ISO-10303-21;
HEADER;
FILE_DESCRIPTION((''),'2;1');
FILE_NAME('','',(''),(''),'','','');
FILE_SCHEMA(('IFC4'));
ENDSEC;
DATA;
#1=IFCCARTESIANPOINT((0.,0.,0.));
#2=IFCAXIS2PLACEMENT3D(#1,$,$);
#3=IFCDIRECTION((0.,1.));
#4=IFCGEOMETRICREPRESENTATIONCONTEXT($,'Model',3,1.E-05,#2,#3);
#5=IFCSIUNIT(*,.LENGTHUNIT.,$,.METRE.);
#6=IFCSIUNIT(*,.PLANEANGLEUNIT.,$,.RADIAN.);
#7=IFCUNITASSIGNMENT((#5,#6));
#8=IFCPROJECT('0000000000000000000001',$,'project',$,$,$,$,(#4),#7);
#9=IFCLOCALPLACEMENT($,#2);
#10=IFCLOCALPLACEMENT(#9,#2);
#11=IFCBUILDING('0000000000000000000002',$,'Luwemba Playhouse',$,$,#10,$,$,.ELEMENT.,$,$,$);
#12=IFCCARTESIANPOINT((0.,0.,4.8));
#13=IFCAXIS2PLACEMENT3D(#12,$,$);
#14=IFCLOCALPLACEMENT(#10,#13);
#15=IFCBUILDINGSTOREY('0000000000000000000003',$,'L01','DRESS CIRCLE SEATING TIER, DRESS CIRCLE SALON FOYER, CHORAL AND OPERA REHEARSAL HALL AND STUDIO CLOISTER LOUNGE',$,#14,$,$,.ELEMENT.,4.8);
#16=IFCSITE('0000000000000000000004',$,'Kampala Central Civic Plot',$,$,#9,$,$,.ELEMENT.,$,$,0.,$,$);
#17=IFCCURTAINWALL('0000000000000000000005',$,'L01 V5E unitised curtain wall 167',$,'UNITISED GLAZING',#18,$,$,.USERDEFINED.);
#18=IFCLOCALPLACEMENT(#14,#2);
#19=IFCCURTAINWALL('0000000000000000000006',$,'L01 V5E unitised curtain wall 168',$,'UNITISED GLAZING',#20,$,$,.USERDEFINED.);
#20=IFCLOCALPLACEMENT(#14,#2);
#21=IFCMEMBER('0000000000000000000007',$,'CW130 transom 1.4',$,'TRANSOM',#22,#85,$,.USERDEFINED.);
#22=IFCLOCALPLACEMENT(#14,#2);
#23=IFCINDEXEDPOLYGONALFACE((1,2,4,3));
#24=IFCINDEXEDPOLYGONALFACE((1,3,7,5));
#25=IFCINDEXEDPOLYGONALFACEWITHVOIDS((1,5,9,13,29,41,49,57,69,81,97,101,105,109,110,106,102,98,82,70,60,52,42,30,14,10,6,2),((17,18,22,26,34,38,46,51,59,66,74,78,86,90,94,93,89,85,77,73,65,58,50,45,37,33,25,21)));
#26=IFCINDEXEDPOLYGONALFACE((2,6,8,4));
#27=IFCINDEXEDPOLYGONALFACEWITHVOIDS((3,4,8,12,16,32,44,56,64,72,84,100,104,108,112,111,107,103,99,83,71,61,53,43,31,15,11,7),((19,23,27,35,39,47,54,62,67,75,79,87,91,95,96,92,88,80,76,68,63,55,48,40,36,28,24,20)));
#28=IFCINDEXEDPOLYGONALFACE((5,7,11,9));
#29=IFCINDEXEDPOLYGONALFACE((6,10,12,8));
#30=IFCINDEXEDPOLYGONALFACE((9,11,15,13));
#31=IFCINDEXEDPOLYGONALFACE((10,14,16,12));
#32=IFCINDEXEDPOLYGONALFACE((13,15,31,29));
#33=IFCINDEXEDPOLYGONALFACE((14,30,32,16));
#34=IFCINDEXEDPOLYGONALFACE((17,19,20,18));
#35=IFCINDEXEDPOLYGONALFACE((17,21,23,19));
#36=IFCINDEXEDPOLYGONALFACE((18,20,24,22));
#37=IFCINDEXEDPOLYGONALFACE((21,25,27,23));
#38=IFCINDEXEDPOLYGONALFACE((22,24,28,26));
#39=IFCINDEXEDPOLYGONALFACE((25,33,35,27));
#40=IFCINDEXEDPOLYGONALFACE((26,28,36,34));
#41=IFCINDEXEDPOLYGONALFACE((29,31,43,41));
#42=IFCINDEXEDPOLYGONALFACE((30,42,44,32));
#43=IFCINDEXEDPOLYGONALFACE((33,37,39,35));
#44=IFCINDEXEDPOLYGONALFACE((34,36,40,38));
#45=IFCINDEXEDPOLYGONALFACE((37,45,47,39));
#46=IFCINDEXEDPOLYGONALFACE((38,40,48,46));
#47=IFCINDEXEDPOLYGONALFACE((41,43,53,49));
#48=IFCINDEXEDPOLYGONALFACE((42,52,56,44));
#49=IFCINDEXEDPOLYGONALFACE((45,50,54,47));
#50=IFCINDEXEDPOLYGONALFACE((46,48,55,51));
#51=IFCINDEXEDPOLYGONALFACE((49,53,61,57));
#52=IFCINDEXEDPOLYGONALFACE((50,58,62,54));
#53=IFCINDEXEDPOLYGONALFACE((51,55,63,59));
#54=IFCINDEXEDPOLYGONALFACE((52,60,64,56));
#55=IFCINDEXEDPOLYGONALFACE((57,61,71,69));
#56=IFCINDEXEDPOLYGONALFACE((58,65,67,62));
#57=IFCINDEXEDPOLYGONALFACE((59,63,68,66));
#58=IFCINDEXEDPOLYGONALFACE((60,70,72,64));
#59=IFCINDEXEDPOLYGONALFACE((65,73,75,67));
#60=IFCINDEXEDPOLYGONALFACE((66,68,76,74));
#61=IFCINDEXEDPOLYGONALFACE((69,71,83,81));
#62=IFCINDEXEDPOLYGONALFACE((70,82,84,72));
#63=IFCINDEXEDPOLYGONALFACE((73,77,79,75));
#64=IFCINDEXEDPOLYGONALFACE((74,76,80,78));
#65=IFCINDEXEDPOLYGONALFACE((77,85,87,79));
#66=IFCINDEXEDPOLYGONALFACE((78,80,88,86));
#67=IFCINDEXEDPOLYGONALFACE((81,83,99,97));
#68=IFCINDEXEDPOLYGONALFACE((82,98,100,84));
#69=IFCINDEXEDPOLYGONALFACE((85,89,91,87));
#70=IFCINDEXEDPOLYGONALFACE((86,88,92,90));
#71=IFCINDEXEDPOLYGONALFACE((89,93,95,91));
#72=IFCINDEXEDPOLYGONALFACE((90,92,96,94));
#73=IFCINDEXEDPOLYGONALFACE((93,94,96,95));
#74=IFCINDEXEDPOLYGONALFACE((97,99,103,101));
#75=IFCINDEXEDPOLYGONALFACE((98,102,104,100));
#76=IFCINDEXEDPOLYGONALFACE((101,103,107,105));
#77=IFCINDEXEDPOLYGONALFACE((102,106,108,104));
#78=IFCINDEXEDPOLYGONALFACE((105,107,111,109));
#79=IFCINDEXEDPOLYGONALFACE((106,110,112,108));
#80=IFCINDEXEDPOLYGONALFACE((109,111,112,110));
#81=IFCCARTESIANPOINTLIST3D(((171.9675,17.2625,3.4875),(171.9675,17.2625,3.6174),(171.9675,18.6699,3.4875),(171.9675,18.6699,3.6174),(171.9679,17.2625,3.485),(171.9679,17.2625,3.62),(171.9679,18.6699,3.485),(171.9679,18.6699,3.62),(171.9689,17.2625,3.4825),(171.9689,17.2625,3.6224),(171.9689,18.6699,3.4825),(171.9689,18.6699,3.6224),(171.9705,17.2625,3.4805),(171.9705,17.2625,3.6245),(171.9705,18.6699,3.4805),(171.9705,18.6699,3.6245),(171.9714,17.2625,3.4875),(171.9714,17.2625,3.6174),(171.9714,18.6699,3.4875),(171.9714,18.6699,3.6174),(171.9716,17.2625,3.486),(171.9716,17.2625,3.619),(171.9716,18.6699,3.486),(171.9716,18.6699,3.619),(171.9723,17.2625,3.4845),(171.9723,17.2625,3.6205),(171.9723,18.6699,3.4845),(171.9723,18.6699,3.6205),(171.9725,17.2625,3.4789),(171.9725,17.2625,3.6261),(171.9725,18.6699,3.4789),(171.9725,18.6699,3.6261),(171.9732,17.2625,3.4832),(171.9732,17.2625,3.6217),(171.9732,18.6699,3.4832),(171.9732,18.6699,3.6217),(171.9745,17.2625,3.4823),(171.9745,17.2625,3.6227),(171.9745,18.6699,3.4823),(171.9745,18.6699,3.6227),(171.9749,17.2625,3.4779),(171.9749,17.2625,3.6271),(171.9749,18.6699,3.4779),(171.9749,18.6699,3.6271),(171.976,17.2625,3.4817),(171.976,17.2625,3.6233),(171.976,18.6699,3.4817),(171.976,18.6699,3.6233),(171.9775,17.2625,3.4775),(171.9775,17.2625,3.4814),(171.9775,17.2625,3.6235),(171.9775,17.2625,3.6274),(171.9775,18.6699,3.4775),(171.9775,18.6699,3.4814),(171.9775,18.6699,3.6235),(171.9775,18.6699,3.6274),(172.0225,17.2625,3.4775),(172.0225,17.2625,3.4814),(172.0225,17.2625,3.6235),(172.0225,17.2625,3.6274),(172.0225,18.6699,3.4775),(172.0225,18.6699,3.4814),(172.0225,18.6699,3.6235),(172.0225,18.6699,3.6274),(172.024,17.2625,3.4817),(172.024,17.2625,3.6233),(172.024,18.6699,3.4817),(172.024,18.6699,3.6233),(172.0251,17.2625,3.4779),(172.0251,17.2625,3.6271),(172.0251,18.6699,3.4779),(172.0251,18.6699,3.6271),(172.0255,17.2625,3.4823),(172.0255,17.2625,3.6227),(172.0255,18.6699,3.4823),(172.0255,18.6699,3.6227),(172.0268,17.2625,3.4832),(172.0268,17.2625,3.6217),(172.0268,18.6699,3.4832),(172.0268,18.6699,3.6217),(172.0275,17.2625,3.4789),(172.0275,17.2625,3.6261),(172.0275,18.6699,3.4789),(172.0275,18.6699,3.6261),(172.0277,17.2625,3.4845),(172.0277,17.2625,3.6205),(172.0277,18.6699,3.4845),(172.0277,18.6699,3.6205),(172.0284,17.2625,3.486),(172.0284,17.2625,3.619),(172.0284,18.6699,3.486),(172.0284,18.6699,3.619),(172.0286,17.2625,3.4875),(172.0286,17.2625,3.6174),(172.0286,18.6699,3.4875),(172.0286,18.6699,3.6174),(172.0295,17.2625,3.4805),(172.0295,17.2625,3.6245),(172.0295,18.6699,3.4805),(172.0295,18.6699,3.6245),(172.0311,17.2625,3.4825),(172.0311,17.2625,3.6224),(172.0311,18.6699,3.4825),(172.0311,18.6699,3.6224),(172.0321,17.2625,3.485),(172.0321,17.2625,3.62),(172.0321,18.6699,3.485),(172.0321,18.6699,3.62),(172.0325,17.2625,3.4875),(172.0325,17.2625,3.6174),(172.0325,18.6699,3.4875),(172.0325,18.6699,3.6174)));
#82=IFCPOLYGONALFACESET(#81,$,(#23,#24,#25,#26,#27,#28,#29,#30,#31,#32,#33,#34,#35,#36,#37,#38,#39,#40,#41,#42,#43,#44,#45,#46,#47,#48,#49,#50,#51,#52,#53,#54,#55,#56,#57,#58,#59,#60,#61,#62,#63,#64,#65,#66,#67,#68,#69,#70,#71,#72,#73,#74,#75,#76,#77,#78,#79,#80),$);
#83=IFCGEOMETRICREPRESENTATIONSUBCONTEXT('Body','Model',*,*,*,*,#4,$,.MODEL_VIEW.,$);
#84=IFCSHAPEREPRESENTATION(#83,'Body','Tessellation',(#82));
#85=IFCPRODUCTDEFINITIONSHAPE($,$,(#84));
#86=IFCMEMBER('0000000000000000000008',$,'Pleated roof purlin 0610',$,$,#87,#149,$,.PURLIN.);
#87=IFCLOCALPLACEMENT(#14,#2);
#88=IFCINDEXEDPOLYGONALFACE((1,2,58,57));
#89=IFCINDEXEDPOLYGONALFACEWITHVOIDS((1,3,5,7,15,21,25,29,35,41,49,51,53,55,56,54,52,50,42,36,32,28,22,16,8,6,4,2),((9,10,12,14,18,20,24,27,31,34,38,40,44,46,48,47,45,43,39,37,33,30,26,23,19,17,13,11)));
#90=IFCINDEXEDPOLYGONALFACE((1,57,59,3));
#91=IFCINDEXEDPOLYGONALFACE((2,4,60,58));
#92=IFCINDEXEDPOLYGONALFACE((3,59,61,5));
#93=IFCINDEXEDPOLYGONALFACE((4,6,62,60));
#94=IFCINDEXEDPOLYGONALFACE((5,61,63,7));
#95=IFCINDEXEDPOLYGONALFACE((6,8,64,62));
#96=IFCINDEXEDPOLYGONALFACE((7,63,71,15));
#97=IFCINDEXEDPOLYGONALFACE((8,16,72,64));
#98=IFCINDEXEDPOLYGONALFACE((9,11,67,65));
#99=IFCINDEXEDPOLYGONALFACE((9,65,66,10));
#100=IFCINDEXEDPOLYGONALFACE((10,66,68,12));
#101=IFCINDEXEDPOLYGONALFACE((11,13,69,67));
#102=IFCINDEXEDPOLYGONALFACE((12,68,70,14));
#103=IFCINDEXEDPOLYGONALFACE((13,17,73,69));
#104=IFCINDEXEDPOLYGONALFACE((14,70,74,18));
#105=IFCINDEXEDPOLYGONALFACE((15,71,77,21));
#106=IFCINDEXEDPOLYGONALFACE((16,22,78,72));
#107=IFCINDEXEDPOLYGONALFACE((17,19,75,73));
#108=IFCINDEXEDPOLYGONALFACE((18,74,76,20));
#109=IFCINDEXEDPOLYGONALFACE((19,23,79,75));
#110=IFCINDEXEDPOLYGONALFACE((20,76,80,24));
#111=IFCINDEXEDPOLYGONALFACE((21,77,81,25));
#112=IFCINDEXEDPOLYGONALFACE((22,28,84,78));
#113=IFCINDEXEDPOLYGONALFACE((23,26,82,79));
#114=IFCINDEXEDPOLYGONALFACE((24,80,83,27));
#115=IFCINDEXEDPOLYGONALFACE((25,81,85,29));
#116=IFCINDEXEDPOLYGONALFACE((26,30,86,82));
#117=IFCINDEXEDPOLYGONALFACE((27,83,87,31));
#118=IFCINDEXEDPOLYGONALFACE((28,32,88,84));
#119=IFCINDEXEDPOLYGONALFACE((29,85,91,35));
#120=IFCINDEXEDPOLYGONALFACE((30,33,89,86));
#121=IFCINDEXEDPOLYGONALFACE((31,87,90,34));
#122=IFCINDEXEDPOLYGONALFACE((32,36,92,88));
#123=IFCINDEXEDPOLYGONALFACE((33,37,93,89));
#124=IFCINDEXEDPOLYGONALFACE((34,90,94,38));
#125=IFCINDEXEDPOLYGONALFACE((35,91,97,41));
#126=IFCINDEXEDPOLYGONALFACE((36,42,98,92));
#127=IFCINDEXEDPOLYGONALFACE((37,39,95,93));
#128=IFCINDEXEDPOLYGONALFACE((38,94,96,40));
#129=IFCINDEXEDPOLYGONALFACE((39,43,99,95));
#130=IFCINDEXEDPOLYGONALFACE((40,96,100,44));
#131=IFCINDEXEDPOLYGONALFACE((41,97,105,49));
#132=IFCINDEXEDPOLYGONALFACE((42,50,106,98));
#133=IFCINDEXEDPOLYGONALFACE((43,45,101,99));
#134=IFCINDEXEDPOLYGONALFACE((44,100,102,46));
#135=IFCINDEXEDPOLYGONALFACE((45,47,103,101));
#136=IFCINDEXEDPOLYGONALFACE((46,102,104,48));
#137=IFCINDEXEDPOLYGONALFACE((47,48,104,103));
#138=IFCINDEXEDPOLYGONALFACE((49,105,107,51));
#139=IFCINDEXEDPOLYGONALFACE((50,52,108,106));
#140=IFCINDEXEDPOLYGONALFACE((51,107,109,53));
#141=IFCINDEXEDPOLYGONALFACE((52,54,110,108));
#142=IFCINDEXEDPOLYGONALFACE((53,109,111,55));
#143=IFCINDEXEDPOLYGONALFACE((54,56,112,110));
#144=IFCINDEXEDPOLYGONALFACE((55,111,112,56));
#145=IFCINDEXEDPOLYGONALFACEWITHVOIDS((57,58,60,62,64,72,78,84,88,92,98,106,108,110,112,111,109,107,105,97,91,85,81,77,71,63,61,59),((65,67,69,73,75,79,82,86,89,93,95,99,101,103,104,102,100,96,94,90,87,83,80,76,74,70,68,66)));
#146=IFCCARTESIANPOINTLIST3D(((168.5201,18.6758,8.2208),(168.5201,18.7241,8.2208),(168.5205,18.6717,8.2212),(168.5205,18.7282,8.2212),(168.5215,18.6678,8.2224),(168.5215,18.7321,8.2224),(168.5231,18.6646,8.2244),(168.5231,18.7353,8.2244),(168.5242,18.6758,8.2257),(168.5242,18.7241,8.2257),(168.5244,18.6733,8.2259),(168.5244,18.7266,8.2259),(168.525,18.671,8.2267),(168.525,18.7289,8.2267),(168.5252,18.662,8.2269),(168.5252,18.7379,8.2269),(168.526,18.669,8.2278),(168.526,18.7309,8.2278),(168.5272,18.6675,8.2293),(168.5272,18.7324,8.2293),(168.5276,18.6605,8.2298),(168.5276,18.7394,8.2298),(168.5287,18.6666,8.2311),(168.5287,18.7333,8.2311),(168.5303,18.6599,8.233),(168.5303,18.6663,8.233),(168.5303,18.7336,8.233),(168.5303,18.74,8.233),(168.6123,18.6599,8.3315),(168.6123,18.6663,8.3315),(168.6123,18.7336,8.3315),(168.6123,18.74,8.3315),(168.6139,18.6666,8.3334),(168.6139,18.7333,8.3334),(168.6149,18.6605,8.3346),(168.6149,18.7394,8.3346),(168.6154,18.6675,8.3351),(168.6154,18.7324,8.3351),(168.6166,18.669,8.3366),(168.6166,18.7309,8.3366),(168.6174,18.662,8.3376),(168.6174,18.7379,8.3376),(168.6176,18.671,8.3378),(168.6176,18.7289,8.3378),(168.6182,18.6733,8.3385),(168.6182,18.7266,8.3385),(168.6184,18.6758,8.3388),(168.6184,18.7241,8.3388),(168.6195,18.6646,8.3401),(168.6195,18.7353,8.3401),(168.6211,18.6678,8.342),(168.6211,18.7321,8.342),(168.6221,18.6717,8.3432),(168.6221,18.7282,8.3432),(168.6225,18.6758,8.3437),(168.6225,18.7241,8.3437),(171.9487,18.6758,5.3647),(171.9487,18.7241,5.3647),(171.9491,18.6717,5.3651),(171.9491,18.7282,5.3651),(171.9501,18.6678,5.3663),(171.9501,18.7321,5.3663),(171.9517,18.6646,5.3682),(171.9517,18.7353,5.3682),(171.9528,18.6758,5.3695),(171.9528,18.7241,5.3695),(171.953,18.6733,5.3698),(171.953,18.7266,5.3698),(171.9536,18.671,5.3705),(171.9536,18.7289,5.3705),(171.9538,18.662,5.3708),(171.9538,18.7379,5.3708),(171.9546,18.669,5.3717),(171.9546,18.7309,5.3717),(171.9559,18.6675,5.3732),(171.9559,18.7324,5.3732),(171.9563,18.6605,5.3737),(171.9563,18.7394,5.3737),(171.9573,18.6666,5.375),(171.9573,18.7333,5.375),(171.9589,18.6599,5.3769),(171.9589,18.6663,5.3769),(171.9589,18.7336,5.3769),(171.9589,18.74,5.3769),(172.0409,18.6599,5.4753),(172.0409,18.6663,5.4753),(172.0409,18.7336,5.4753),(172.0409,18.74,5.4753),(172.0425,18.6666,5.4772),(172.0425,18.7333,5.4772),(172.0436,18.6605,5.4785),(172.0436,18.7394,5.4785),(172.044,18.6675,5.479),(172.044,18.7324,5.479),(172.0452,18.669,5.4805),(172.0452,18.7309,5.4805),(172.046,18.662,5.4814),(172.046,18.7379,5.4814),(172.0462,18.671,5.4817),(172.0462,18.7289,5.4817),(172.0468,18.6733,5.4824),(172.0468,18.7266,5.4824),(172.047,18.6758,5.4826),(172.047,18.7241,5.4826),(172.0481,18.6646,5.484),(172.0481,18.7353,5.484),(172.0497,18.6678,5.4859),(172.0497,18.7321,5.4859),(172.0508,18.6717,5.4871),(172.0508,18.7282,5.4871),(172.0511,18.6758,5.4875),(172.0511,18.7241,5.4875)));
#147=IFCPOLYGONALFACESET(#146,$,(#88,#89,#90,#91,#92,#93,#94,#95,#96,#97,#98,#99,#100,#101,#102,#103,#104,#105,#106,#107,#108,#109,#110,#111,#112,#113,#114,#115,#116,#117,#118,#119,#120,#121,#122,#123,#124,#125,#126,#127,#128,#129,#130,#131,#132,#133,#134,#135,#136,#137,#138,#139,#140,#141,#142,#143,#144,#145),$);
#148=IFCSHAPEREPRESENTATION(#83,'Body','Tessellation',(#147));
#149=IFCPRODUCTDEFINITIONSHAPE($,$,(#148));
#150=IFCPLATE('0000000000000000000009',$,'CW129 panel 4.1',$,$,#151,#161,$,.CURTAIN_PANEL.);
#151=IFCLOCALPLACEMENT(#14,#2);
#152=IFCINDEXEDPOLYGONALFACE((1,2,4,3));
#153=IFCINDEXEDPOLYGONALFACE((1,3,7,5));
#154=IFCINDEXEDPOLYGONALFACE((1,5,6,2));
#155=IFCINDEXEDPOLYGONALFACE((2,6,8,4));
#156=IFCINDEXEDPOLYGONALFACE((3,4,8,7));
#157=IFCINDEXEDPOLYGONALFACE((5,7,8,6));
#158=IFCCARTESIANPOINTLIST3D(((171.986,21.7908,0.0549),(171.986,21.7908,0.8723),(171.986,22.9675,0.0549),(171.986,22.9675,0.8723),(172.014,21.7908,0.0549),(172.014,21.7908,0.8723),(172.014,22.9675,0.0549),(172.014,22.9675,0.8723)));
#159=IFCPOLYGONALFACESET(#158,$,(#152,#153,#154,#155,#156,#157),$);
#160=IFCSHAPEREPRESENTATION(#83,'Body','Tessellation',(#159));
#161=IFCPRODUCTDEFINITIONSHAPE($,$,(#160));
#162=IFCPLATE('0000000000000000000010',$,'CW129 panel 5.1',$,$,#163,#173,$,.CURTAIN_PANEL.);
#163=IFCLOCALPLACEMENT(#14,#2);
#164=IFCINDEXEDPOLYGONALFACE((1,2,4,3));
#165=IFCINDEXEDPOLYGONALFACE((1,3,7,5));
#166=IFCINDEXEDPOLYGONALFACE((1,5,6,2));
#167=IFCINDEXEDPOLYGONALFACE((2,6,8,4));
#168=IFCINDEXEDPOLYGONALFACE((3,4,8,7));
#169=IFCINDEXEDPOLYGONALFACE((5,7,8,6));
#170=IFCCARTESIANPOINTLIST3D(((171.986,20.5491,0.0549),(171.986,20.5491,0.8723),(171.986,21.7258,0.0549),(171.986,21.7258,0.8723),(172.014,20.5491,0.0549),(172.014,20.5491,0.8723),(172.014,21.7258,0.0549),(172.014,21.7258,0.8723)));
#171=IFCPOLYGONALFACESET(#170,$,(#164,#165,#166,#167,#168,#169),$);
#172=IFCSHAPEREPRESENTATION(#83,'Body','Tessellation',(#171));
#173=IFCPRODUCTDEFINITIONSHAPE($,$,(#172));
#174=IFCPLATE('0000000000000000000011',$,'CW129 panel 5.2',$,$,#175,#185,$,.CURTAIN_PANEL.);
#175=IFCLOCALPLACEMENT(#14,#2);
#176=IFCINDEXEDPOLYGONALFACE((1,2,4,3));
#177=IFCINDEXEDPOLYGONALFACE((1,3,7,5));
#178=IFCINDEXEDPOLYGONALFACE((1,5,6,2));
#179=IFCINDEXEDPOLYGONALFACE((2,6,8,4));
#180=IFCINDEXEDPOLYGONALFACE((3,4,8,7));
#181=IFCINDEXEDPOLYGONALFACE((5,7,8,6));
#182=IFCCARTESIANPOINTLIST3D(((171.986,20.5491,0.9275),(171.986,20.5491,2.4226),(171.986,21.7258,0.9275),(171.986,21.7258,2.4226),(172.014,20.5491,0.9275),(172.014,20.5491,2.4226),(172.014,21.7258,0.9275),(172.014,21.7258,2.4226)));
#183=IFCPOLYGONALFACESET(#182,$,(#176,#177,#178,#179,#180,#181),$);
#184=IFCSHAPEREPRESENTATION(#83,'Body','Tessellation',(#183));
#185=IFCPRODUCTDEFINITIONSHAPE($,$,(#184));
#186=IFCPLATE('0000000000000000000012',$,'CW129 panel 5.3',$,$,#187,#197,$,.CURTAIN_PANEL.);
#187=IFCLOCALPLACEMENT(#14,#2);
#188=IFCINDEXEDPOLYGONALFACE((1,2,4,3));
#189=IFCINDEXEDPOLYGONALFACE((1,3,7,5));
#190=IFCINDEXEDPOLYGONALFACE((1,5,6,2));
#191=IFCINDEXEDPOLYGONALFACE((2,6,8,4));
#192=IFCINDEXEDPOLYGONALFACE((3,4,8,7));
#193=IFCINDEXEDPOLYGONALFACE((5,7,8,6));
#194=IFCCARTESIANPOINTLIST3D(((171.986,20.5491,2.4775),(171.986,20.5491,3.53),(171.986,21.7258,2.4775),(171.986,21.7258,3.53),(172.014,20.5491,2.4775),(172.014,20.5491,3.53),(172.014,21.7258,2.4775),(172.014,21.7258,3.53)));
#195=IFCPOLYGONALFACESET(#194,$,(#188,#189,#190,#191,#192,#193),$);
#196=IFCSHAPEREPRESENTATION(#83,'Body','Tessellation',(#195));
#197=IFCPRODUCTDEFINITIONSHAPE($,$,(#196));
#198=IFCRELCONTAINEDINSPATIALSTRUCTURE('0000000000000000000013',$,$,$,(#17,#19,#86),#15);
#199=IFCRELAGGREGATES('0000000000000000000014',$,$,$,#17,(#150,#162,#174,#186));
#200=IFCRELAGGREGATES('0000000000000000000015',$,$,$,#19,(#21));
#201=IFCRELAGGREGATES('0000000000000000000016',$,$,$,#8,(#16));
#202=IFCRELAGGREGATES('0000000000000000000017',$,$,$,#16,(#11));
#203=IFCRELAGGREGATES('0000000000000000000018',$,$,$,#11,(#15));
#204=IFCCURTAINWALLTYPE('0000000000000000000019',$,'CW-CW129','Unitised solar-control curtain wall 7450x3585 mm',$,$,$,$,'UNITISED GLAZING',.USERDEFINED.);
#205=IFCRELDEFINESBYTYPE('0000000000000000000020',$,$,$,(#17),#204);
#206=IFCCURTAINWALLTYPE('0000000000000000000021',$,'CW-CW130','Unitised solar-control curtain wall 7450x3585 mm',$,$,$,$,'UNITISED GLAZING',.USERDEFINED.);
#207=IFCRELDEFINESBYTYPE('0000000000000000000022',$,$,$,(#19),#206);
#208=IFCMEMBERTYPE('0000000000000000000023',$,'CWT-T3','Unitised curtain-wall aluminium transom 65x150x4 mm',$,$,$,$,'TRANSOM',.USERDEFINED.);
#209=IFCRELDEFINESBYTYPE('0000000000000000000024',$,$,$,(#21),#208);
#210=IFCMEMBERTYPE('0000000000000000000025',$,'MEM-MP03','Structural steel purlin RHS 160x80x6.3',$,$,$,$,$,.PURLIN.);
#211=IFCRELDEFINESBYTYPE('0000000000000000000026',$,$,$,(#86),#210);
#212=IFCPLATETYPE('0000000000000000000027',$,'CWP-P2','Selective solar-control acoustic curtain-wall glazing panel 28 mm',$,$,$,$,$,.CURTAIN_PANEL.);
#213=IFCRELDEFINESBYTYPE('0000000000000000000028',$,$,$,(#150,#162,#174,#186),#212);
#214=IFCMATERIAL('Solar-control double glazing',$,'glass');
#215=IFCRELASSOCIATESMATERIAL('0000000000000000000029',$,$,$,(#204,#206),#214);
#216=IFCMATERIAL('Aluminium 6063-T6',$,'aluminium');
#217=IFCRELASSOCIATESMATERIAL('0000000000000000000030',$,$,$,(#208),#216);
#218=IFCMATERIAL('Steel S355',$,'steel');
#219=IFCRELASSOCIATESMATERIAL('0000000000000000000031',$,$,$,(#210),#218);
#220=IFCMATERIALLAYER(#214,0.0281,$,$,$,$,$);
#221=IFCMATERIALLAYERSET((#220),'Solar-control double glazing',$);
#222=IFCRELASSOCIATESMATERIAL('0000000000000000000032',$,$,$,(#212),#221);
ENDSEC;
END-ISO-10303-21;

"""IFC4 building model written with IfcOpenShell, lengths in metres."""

from ifc_helpers import new_model, si_unit, direction, frame, origin, origin_2d, place, context, subcontext, project, spatial, rectangle, hollow_rectangle, extrude, material, layer, layer_set, material_profile, profile_set, type_object, element, aggregate, save


model = new_model("IFC4")

# Units and contexts
model_context = context("Model", 3, precision=1e-05, world=origin(), true_north=direction((0.0, 1.0)))
body_context = subcontext(model_context, "Body", "Model", "MODEL_VIEW")
ifc_project = project(units=[si_unit("LENGTHUNIT", "METRE"), si_unit("PLANEANGLEUNIT", "RADIAN")], contexts=[model_context])

# Site, building, storey
site_placement = place(None, origin())
site = spatial("IfcSite", under=ifc_project, at=site_placement, Name="Kampala Central Civic Plot", CompositionType="ELEMENT", RefElevation=0.0)
building_placement = place(site_placement, origin())
building = spatial("IfcBuilding", under=site, at=building_placement, Name="Luwemba Playhouse", CompositionType="ELEMENT")
storey_placement = place(building_placement, frame((0.0, 0.0, 4.8)))
storey = spatial("IfcBuildingStorey", under=building, at=storey_placement, Name="L01", Description="DRESS CIRCLE SEATING TIER, DRESS CIRCLE SALON FOYER, CHORAL AND OPERA REHEARSAL HALL AND STUDIO CLOISTER LOUNGE", CompositionType="ELEMENT", Elevation=4.8)

# Shared definitions
ifc_material_1 = material(Name="Steel S355", Category="steel")

# Curtain walls
ifc_material_2 = material(Name="Solar-control double glazing", Category="glass")
curtain_wall_type_1 = type_object("IfcCurtainWallType", Name="CW-CW129", Description="Unitised solar-control curtain wall 7450x3585 mm", ElementType="UNITISED GLAZING", PredefinedType="USERDEFINED", material=ifc_material_2)
curtain_wall_1_placement = place(storey_placement, origin())
curtain_wall_1 = element("IfcCurtainWall", 1, at=curtain_wall_1_placement, inside=storey, type_object=curtain_wall_type_1, Name="L01 V5E unitised curtain wall 167", ObjectType="UNITISED GLAZING", PredefinedType="USERDEFINED")
ifc_material_3 = material(Name="Aluminium 6063-T6", Category="aluminium")
curtain_wall_type_2 = type_object("IfcCurtainWallType", Name="CW-CW130", Description="Unitised solar-control curtain wall 7450x3585 mm", ElementType="UNITISED GLAZING", PredefinedType="USERDEFINED", material=ifc_material_2)
curtain_wall_2_placement = place(storey_placement, origin())
curtain_wall_2 = element("IfcCurtainWall", 2, at=curtain_wall_2_placement, inside=storey, type_object=curtain_wall_type_2, Name="L01 V5E unitised curtain wall 168", ObjectType="UNITISED GLAZING", PredefinedType="USERDEFINED")

# Members
ifc_material_profile_1 = material_profile(ifc_material_3, hollow_rectangle(XDim=0.0649, YDim=0.1499, WallThickness=0.0039, InnerFilletRadius=0.0061, OuterFilletRadius=0.01, at=origin_2d()))
ifc_profile_set_1 = profile_set([ifc_material_profile_1], Name="Aluminium 6063-T6")
member_type_1 = type_object("IfcMemberType", Name="CWT-T3", Description="Unitised curtain-wall aluminium transom 65x150x4 mm", ElementType="TRANSOM", PredefinedType="USERDEFINED", material=ifc_profile_set_1)
member_1_placement = place(storey_placement, frame((172.0, 18.6699, 3.5525), z_axis=(0.0, -1.0, 0.0), x_axis=(1.0, 0.0, 0.0)))
member_1 = element("IfcMember", 3, at=member_1_placement, type_object=member_type_1, Name="CW130 transom 1.4", ObjectType="TRANSOM", PredefinedType="USERDEFINED", context=body_context, shape_type="SweptSolid", body=[
    extrude(hollow_rectangle(XDim=0.0649, YDim=0.1499, WallThickness=0.0039, InnerFilletRadius=0.0061, OuterFilletRadius=0.01, at=origin_2d()), origin(), (0.0, 0.0, 1.0), 1.4075),
])
ifc_material_profile_2 = material_profile(ifc_material_1, hollow_rectangle(XDim=0.0801, YDim=0.1599, WallThickness=0.0063, InnerFilletRadius=0.0095, OuterFilletRadius=0.0159, at=origin_2d()))
ifc_profile_set_2 = profile_set([ifc_material_profile_2], Name="Steel S355")
member_type_2 = type_object("IfcMemberType", Name="MEM-MP03", Description="Structural steel purlin RHS 160x80x6.3", PredefinedType="PURLIN", material=ifc_profile_set_2)
member_2_placement = place(storey_placement, frame((168.5713, 18.7, 8.2822), z_axis=(0.768338, 0.0, -0.640044), x_axis=(0.0, 1.0, 0.0)))
element("IfcMember", 4, at=member_2_placement, inside=storey, type_object=member_type_2, Name="Pleated roof purlin 0610", PredefinedType="PURLIN", context=body_context, shape_type="SweptSolid", body=[
    extrude(hollow_rectangle(XDim=0.0801, YDim=0.1599, WallThickness=0.0063, InnerFilletRadius=0.0095, OuterFilletRadius=0.0159, at=origin_2d()), origin(), (0.0, 0.0, 1.0), 4.4624),
])

# Plates
ifc_layer_1 = layer(ifc_material_2, 0.0281)
ifc_layer_set_1 = layer_set([ifc_layer_1], Name="Solar-control double glazing")
plate_type_1 = type_object("IfcPlateType", Name="CWP-P2", Description="Selective solar-control acoustic curtain-wall glazing panel 28 mm", PredefinedType="CURTAIN_PANEL", material=ifc_layer_set_1)
plate_1_placement = place(storey_placement, frame((172.0, 22.3792, 0.0549), z_axis=(0.0, 0.0, 1.0), x_axis=(0.0, -1.0, 0.0)))
plate_1 = element("IfcPlate", 5, at=plate_1_placement, type_object=plate_type_1, Name="CW129 panel 4.1", PredefinedType="CURTAIN_PANEL", context=body_context, shape_type="SweptSolid", body=[
    extrude(rectangle(XDim=1.1768, YDim=0.0281, at=origin_2d()), origin(), (0.0, 0.0, 1.0), 0.8174),
])
plate_2_placement = place(storey_placement, frame((172.0, 21.1375, 0.0549), z_axis=(0.0, 0.0, 1.0), x_axis=(0.0, -1.0, 0.0)))
plate_2 = element("IfcPlate", 6, at=plate_2_placement, type_object=plate_type_1, Name="CW129 panel 5.1", PredefinedType="CURTAIN_PANEL", context=body_context, shape_type="SweptSolid", body=[
    extrude(rectangle(XDim=1.1768, YDim=0.0281, at=origin_2d()), origin(), (0.0, 0.0, 1.0), 0.8174),
])
plate_3_placement = place(storey_placement, frame((172.0, 21.1375, 0.9275), z_axis=(0.0, 0.0, 1.0), x_axis=(0.0, -1.0, 0.0)))
plate_3 = element("IfcPlate", 7, at=plate_3_placement, type_object=plate_type_1, Name="CW129 panel 5.2", PredefinedType="CURTAIN_PANEL", context=body_context, shape_type="SweptSolid", body=[
    extrude(rectangle(XDim=1.1768, YDim=0.0281, at=origin_2d()), origin(), (0.0, 0.0, 1.0), 1.4951),
])
plate_4_placement = place(storey_placement, frame((172.0, 21.1375, 2.4775), z_axis=(0.0, 0.0, 1.0), x_axis=(0.0, -1.0, 0.0)))
plate_4 = element("IfcPlate", 8, at=plate_4_placement, type_object=plate_type_1, Name="CW129 panel 5.3", PredefinedType="CURTAIN_PANEL", context=body_context, shape_type="SweptSolid", body=[
    extrude(rectangle(XDim=1.1768, YDim=0.0281, at=origin_2d()), origin(), (0.0, 0.0, 1.0), 1.0525),
])
aggregate(curtain_wall_1, [plate_1, plate_2, plate_3, plate_4])
aggregate(curtain_wall_2, [member_1])

save(model, "model.ifc")
